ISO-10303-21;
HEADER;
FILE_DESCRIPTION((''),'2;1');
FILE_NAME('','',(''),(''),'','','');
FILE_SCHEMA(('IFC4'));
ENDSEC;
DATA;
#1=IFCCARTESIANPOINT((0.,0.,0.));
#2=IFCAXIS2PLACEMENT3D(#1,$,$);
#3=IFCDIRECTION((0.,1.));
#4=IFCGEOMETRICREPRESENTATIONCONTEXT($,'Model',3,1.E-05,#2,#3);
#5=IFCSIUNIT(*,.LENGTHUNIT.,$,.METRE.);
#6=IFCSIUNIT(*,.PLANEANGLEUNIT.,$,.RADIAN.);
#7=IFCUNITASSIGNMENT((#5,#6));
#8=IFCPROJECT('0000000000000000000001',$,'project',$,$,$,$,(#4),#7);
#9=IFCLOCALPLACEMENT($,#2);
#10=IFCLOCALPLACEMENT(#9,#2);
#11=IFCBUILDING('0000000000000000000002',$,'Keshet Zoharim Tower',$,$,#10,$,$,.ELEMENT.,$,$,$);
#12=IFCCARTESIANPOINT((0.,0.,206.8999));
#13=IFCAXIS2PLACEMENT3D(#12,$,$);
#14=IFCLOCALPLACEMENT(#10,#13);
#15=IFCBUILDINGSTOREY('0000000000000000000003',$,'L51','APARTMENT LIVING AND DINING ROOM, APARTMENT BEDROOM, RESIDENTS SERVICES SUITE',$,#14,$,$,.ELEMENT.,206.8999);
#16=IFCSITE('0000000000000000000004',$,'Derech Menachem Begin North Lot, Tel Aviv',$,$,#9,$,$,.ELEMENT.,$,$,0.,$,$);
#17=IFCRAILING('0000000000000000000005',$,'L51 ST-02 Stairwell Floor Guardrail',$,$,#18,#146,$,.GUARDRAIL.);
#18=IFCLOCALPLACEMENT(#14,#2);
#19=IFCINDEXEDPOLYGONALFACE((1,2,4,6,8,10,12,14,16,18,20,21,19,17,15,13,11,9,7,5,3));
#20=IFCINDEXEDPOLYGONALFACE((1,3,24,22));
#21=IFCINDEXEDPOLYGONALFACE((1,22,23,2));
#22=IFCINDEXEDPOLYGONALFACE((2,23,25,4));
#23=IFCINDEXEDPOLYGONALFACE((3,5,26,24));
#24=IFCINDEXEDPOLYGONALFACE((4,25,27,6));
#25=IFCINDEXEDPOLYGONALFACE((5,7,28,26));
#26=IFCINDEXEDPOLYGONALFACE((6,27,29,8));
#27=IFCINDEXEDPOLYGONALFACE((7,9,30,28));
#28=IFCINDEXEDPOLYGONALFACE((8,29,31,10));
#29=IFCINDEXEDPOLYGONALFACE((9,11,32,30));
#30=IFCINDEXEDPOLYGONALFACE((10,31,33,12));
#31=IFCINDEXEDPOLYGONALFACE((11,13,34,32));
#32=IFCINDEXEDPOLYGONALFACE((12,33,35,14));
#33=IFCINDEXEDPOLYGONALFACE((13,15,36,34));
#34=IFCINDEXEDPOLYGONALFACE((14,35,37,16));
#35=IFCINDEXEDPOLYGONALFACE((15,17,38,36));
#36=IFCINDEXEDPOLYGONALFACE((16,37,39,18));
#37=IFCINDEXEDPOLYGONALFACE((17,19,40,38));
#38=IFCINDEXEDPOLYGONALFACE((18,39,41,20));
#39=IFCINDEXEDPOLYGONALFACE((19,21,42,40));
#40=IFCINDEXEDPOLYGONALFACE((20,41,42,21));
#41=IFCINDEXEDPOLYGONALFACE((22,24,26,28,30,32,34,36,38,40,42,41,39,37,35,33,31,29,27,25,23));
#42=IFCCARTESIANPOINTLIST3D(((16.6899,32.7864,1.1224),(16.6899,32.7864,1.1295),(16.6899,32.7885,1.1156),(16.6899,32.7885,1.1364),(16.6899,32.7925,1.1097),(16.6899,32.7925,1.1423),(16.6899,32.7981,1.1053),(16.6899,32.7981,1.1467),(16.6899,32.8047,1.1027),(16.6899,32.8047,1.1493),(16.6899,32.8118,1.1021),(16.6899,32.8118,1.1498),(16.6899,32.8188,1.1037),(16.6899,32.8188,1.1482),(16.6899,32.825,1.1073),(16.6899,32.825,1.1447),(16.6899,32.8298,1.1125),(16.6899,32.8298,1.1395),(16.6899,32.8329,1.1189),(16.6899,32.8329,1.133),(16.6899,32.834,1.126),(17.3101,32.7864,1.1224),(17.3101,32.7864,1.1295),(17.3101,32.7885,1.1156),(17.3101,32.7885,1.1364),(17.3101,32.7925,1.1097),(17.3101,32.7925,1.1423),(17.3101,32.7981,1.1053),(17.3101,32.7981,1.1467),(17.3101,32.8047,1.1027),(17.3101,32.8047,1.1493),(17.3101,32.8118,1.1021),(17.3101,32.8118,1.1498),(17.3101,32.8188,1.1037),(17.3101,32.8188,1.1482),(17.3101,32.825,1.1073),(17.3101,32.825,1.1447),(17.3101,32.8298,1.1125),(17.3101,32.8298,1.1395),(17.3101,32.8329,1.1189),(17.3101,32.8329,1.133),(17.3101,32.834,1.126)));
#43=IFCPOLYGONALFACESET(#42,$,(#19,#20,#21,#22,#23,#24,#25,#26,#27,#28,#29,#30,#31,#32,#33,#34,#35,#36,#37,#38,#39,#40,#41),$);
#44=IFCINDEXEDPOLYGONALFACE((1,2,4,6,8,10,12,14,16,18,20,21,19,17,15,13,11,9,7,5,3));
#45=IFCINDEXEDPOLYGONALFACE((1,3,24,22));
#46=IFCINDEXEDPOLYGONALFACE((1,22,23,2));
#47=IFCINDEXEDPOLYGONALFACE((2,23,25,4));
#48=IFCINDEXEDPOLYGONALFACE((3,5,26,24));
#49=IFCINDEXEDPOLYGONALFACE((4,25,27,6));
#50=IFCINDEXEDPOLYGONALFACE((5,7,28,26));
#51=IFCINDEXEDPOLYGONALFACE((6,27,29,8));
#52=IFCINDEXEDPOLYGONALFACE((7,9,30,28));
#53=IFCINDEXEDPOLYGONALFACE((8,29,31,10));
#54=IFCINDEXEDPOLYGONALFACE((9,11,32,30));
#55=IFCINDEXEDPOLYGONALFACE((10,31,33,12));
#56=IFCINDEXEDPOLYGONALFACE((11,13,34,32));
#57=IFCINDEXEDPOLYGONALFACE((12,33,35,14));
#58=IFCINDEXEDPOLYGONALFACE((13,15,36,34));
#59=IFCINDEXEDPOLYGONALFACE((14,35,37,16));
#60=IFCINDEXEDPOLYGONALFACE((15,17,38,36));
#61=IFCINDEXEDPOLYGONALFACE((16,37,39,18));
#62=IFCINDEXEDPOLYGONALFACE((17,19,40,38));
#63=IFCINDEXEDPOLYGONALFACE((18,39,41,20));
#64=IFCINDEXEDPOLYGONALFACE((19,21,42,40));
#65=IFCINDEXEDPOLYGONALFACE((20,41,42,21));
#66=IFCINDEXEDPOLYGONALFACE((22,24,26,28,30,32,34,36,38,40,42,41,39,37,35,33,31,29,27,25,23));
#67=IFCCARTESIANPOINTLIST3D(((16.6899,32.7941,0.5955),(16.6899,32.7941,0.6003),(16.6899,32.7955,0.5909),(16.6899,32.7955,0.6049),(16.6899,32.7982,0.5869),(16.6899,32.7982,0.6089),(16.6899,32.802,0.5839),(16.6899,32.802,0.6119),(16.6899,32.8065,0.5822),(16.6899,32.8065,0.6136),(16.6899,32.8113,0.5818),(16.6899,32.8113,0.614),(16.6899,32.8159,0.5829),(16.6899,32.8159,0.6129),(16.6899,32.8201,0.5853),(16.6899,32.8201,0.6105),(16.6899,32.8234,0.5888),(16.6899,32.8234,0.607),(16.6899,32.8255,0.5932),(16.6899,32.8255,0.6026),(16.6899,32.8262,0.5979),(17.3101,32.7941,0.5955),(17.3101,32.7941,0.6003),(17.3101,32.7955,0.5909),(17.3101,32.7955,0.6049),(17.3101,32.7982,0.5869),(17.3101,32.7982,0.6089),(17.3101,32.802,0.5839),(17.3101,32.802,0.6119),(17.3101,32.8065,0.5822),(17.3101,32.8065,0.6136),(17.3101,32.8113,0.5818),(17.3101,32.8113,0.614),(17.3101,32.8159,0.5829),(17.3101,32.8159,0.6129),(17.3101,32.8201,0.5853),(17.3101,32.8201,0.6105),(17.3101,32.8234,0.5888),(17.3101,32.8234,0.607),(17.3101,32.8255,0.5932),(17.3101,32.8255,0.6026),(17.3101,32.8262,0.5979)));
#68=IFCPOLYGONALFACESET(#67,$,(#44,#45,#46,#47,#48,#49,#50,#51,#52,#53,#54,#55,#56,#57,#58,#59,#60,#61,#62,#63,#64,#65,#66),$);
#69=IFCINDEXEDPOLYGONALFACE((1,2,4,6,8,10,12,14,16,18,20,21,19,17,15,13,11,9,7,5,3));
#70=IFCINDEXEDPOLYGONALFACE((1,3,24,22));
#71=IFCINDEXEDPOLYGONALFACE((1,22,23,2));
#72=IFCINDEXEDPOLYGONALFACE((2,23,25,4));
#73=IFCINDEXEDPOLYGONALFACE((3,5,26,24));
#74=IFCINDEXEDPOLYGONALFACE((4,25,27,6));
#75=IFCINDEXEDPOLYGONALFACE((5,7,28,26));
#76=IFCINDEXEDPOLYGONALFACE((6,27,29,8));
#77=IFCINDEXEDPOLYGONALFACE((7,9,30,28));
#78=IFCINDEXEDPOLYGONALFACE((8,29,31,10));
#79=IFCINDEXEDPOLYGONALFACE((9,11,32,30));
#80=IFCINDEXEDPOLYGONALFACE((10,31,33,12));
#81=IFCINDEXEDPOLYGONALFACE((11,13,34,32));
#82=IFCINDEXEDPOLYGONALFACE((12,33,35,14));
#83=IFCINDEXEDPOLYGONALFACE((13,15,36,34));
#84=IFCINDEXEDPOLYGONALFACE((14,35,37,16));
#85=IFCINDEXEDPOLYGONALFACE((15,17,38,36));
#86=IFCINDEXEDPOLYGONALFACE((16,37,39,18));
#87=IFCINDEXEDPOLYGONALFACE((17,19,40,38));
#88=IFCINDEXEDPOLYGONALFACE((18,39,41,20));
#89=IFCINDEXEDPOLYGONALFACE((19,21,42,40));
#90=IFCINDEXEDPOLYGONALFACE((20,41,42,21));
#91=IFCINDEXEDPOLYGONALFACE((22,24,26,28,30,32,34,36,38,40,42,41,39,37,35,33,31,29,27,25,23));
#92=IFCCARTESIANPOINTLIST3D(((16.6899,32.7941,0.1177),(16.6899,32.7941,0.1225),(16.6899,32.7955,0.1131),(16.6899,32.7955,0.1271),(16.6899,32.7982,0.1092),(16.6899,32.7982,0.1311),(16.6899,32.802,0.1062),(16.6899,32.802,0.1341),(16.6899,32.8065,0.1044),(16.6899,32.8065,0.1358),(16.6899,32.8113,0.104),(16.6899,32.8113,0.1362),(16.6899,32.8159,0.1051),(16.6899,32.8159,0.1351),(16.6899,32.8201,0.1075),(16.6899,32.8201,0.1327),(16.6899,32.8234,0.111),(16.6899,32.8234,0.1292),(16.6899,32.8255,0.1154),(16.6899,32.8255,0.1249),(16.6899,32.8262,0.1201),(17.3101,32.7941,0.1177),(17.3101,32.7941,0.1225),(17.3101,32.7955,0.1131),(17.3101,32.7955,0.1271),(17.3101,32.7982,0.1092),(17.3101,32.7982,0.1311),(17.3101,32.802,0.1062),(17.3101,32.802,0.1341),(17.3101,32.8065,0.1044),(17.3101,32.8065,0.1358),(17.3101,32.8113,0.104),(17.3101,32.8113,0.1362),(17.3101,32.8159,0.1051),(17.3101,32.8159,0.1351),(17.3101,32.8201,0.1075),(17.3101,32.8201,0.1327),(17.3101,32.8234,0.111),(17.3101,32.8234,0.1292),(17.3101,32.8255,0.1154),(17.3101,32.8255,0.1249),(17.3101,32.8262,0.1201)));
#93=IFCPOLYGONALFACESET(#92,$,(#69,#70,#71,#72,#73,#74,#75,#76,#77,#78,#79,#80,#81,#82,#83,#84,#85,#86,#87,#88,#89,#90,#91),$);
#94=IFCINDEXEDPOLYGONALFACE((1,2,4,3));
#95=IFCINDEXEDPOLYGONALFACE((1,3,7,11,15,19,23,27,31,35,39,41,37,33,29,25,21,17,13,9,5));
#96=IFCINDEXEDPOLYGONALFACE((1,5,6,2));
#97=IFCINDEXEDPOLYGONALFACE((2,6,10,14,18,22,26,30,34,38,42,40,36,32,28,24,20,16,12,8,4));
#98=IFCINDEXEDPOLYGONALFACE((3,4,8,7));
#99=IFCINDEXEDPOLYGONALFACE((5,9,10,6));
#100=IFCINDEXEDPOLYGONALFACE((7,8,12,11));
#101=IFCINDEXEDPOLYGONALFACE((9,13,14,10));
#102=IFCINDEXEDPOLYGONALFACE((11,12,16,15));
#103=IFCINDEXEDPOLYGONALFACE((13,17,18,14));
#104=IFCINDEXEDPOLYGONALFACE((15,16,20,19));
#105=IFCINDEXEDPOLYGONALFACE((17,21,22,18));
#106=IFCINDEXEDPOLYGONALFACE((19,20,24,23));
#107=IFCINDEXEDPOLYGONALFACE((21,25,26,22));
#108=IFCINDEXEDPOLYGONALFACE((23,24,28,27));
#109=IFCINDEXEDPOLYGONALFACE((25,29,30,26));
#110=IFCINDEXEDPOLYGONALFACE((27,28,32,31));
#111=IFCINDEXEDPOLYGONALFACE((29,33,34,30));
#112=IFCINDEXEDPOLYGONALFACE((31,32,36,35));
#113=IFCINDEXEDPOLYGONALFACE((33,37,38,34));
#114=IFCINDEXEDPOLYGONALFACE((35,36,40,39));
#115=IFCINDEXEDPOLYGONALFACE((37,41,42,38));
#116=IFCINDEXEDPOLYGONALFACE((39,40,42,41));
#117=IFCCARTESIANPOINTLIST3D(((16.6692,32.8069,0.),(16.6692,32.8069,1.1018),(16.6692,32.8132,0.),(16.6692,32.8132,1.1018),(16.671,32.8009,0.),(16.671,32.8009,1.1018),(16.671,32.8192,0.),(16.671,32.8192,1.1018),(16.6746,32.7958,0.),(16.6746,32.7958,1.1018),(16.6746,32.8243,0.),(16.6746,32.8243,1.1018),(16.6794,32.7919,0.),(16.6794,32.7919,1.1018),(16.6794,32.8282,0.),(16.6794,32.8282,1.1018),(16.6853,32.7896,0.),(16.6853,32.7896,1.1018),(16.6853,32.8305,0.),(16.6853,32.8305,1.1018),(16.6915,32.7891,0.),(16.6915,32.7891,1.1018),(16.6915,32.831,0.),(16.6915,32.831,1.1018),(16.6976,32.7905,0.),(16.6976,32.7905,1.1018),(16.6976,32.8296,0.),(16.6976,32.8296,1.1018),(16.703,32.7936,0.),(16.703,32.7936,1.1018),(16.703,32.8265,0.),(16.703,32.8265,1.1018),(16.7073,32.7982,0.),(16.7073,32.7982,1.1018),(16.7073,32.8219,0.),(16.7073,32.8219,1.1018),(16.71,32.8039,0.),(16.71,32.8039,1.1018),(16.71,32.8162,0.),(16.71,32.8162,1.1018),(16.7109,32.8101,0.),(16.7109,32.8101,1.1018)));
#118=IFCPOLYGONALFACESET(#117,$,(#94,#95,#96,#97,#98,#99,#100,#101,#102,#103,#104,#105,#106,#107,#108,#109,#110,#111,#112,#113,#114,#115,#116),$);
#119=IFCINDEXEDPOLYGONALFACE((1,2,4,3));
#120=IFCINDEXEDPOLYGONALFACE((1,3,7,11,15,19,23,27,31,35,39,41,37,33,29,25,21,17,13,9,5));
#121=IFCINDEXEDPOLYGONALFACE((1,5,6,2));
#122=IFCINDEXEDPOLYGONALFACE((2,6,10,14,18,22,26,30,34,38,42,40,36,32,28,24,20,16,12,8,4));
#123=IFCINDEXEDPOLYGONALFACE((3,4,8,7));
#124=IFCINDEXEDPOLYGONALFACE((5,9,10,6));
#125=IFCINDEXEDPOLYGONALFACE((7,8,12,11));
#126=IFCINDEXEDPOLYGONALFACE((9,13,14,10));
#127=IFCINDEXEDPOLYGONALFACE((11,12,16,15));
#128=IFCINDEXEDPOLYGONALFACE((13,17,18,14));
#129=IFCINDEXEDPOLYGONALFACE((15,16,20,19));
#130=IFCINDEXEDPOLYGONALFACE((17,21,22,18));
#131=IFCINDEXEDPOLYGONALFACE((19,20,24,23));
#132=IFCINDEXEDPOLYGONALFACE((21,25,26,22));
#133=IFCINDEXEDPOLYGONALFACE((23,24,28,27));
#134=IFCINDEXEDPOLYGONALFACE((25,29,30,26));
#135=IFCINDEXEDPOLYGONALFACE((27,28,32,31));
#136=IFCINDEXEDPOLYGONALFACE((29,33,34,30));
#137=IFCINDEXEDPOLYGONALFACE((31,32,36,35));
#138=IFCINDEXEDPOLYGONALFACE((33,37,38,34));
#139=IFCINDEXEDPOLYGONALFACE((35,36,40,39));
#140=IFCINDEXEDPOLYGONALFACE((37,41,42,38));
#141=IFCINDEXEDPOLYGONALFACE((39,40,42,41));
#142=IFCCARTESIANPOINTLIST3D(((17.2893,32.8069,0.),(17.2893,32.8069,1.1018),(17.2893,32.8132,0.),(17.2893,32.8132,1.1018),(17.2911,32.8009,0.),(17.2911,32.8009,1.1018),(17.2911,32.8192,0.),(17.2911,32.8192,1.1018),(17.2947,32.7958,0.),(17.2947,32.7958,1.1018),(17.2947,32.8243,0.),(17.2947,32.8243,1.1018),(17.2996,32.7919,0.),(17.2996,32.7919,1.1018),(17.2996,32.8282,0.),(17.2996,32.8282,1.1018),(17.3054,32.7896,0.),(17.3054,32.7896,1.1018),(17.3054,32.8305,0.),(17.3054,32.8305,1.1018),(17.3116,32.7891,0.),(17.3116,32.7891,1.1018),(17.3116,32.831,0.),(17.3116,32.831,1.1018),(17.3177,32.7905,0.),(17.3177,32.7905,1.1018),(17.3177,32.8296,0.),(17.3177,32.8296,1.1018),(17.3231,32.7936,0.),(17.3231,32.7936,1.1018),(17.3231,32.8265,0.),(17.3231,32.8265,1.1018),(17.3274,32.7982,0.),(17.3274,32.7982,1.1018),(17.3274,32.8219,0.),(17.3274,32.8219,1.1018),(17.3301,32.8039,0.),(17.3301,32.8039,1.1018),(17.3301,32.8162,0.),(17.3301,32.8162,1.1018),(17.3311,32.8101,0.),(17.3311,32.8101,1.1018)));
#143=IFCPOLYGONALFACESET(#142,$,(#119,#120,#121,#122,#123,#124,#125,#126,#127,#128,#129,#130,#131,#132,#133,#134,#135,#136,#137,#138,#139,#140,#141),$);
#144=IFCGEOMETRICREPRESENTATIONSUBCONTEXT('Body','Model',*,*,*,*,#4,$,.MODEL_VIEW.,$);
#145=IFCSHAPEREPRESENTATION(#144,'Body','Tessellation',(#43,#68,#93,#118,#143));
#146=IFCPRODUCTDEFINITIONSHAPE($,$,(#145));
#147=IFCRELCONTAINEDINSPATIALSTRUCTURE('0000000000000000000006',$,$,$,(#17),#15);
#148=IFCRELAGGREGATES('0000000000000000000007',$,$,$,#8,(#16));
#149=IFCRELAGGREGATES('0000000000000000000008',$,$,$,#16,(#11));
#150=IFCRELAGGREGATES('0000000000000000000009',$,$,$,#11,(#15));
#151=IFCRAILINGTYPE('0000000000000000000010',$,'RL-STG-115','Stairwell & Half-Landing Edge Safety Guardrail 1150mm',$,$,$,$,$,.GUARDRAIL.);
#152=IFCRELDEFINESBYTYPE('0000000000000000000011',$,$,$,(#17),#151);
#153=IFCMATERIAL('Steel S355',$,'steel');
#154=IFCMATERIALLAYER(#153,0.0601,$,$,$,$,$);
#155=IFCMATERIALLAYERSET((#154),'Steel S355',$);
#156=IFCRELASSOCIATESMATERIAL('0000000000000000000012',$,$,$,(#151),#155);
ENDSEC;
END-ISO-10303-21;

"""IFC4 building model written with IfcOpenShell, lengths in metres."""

from ifc_helpers import new_model, si_unit, direction, frame, origin, origin_2d, place, context, subcontext, project, spatial, circle, extrude, material, layer, layer_set, type_object, element, save


model = new_model("IFC4")

# Units and contexts
model_context = context("Model", 3, precision=1e-05, world=origin(), true_north=direction((0.0, 1.0)))
body_context = subcontext(model_context, "Body", "Model", "MODEL_VIEW")
ifc_project = project(units=[si_unit("LENGTHUNIT", "METRE"), si_unit("PLANEANGLEUNIT", "RADIAN")], contexts=[model_context])

# Site, building, storey
site_placement = place(None, origin())
site = spatial("IfcSite", under=ifc_project, at=site_placement, Name="Derech Menachem Begin North Lot, Tel Aviv", CompositionType="ELEMENT", RefElevation=0.0)
building_placement = place(site_placement, origin())
building = spatial("IfcBuilding", under=site, at=building_placement, Name="Keshet Zoharim Tower", CompositionType="ELEMENT")
storey_placement = place(building_placement, frame((0.0, 0.0, 206.8999)))
storey = spatial("IfcBuildingStorey", under=building, at=storey_placement, Name="L51", Description="APARTMENT LIVING AND DINING ROOM, APARTMENT BEDROOM, RESIDENTS SERVICES SUITE", CompositionType="ELEMENT", Elevation=206.8999)

# Shared definitions
ifc_material_1 = material(Name="Steel S355", Category="steel")

# Railing
ifc_layer_1 = layer(ifc_material_1, 0.0601)
ifc_layer_set_1 = layer_set([ifc_layer_1], Name="Steel S355")
railing_type_1 = type_object("IfcRailingType", Name="RL-STG-115", Description="Stairwell & Half-Landing Edge Safety Guardrail 1150mm", PredefinedType="GUARDRAIL", material=ifc_layer_set_1)
railing_1_placement = place(storey_placement, frame((16.6899, 32.8101, 0.0)))
element("IfcRailing", 1, at=railing_1_placement, inside=storey, type_object=railing_type_1, Name="L51 ST-02 Stairwell Floor Guardrail", PredefinedType="GUARDRAIL", context=body_context, shape_type="SweptSolid", body=[
    extrude(circle(Radius=0.0239, at=origin_2d()), frame((0.0, 0.0, 1.126), z_axis=(1.0, 0.0, 0.0), x_axis=(0.0, 1.0, 0.0)), (0.0, 0.0, 1.0), 0.6201),
    extrude(circle(Radius=0.0161, at=origin_2d()), frame((0.0, 0.0, 0.5979), z_axis=(1.0, 0.0, 0.0), x_axis=(0.0, 1.0, 0.0)), (0.0, 0.0, 1.0), 0.6201),
    extrude(circle(Radius=0.0161, at=origin_2d()), frame((0.0, 0.0, 0.1201), z_axis=(1.0, 0.0, 0.0), x_axis=(0.0, 1.0, 0.0)), (0.0, 0.0, 1.0), 0.6201),
    extrude(circle(Radius=0.021, at=origin_2d()), origin(), (0.0, 0.0, 1.0), 1.1018),
    extrude(circle(Radius=0.021, at=origin_2d()), frame((0.6201, 0.0, 0.0)), (0.0, 0.0, 1.0), 1.1018),
])

save(model, "model.ifc")
